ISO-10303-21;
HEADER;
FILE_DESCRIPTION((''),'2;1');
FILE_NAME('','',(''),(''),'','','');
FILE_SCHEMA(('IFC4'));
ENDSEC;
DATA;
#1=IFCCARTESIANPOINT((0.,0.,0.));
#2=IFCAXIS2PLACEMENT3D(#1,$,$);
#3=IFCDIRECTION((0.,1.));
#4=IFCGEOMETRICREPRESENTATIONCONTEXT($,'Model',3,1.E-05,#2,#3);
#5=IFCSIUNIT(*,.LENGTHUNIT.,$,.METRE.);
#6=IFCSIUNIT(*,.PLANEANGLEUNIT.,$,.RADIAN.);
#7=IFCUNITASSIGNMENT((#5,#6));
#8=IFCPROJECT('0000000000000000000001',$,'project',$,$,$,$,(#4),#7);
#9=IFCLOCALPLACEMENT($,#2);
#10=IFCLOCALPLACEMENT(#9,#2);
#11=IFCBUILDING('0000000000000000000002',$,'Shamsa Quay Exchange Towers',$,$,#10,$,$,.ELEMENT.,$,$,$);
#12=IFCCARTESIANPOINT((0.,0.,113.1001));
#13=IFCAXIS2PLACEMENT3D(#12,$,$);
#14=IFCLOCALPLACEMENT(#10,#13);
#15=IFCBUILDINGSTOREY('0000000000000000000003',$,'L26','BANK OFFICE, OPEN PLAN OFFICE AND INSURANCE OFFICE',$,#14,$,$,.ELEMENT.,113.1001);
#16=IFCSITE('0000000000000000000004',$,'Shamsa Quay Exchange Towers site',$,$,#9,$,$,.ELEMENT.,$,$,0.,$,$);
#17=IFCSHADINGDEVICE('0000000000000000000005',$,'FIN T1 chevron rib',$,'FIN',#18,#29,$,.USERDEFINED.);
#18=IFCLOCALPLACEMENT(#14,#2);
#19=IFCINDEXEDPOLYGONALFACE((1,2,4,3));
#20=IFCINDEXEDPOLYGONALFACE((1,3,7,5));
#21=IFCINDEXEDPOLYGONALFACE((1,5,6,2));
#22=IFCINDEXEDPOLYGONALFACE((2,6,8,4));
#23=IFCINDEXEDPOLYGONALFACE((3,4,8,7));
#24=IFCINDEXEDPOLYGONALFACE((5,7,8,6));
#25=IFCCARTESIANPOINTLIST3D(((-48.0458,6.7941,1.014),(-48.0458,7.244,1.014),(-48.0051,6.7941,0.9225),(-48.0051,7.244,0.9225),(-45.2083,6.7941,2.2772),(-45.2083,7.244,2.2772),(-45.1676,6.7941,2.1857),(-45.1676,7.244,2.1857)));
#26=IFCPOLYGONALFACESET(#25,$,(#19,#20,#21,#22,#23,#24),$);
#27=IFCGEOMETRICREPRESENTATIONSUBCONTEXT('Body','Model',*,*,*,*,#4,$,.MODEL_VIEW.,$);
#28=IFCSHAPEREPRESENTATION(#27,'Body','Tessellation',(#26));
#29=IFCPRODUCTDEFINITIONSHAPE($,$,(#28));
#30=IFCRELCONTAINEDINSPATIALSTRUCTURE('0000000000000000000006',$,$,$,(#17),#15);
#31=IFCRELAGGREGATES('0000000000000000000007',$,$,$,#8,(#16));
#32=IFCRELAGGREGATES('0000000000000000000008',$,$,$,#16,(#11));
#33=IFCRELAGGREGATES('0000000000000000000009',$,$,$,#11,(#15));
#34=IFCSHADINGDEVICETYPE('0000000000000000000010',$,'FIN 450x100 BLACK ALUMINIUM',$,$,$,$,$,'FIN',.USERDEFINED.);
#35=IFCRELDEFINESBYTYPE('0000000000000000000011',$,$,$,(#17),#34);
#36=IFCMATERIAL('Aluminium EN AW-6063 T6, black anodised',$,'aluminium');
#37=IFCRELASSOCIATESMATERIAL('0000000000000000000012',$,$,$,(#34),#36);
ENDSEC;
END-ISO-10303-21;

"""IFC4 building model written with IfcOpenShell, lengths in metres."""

from ifc_helpers import new_model, si_unit, direction, frame, origin, origin_2d, place, context, subcontext, project, spatial, rectangle, extrude, material, material_profile, profile_set, type_object, element, save


model = new_model("IFC4")

# Units and contexts
model_context = context("Model", 3, precision=1e-05, world=origin(), true_north=direction((0.0, 1.0)))
body_context = subcontext(model_context, "Body", "Model", "MODEL_VIEW")
ifc_project = project(units=[si_unit("LENGTHUNIT", "METRE"), si_unit("PLANEANGLEUNIT", "RADIAN")], contexts=[model_context])

# Site, building, storey
site_placement = place(None, origin())
site = spatial("IfcSite", under=ifc_project, at=site_placement, Name="Shamsa Quay Exchange Towers site", CompositionType="ELEMENT", RefElevation=0.0)
building_placement = place(site_placement, origin())
building = spatial("IfcBuilding", under=site, at=building_placement, Name="Shamsa Quay Exchange Towers", CompositionType="ELEMENT")
storey_placement = place(building_placement, frame((0.0, 0.0, 113.1001)))
storey = spatial("IfcBuildingStorey", under=building, at=storey_placement, Name="L26", Description="BANK OFFICE, OPEN PLAN OFFICE AND INSURANCE OFFICE", CompositionType="ELEMENT", Elevation=113.1001)

# Shared definitions
ifc_material_1 = material(Name="Aluminium EN AW-6063 T6, black anodised", Category="aluminium")

# Shading device
ifc_material_profile_1 = material_profile(ifc_material_1, rectangle(XDim=0.45, YDim=0.1001, at=origin_2d()), Name="FIN450x100")
ifc_profile_set_1 = profile_set([ifc_material_profile_1], Name="Aluminium EN AW-6063 T6, black anodised")
shading_device_type = type_object("IfcShadingDeviceType", Name="FIN 450x100 BLACK ALUMINIUM", ElementType="FIN", PredefinedType="USERDEFINED", material=ifc_profile_set_1)
shading_device_1_placement = place(storey_placement, frame((-45.188, 7.019, 2.2314), z_axis=(-0.913559, 0.0, -0.406707), x_axis=(0.0, -1.0, 0.0)))
element("IfcShadingDevice", 1, at=shading_device_1_placement, inside=storey, type_object=shading_device_type, Name="FIN T1 chevron rib", ObjectType="FIN", PredefinedType="USERDEFINED", context=body_context, shape_type="SweptSolid", body=[
    extrude(rectangle(XDim=0.45, YDim=0.1001, at=origin_2d()), origin(), (0.0, 0.0, 1.0), 3.106),
])

save(model, "model.ifc")
